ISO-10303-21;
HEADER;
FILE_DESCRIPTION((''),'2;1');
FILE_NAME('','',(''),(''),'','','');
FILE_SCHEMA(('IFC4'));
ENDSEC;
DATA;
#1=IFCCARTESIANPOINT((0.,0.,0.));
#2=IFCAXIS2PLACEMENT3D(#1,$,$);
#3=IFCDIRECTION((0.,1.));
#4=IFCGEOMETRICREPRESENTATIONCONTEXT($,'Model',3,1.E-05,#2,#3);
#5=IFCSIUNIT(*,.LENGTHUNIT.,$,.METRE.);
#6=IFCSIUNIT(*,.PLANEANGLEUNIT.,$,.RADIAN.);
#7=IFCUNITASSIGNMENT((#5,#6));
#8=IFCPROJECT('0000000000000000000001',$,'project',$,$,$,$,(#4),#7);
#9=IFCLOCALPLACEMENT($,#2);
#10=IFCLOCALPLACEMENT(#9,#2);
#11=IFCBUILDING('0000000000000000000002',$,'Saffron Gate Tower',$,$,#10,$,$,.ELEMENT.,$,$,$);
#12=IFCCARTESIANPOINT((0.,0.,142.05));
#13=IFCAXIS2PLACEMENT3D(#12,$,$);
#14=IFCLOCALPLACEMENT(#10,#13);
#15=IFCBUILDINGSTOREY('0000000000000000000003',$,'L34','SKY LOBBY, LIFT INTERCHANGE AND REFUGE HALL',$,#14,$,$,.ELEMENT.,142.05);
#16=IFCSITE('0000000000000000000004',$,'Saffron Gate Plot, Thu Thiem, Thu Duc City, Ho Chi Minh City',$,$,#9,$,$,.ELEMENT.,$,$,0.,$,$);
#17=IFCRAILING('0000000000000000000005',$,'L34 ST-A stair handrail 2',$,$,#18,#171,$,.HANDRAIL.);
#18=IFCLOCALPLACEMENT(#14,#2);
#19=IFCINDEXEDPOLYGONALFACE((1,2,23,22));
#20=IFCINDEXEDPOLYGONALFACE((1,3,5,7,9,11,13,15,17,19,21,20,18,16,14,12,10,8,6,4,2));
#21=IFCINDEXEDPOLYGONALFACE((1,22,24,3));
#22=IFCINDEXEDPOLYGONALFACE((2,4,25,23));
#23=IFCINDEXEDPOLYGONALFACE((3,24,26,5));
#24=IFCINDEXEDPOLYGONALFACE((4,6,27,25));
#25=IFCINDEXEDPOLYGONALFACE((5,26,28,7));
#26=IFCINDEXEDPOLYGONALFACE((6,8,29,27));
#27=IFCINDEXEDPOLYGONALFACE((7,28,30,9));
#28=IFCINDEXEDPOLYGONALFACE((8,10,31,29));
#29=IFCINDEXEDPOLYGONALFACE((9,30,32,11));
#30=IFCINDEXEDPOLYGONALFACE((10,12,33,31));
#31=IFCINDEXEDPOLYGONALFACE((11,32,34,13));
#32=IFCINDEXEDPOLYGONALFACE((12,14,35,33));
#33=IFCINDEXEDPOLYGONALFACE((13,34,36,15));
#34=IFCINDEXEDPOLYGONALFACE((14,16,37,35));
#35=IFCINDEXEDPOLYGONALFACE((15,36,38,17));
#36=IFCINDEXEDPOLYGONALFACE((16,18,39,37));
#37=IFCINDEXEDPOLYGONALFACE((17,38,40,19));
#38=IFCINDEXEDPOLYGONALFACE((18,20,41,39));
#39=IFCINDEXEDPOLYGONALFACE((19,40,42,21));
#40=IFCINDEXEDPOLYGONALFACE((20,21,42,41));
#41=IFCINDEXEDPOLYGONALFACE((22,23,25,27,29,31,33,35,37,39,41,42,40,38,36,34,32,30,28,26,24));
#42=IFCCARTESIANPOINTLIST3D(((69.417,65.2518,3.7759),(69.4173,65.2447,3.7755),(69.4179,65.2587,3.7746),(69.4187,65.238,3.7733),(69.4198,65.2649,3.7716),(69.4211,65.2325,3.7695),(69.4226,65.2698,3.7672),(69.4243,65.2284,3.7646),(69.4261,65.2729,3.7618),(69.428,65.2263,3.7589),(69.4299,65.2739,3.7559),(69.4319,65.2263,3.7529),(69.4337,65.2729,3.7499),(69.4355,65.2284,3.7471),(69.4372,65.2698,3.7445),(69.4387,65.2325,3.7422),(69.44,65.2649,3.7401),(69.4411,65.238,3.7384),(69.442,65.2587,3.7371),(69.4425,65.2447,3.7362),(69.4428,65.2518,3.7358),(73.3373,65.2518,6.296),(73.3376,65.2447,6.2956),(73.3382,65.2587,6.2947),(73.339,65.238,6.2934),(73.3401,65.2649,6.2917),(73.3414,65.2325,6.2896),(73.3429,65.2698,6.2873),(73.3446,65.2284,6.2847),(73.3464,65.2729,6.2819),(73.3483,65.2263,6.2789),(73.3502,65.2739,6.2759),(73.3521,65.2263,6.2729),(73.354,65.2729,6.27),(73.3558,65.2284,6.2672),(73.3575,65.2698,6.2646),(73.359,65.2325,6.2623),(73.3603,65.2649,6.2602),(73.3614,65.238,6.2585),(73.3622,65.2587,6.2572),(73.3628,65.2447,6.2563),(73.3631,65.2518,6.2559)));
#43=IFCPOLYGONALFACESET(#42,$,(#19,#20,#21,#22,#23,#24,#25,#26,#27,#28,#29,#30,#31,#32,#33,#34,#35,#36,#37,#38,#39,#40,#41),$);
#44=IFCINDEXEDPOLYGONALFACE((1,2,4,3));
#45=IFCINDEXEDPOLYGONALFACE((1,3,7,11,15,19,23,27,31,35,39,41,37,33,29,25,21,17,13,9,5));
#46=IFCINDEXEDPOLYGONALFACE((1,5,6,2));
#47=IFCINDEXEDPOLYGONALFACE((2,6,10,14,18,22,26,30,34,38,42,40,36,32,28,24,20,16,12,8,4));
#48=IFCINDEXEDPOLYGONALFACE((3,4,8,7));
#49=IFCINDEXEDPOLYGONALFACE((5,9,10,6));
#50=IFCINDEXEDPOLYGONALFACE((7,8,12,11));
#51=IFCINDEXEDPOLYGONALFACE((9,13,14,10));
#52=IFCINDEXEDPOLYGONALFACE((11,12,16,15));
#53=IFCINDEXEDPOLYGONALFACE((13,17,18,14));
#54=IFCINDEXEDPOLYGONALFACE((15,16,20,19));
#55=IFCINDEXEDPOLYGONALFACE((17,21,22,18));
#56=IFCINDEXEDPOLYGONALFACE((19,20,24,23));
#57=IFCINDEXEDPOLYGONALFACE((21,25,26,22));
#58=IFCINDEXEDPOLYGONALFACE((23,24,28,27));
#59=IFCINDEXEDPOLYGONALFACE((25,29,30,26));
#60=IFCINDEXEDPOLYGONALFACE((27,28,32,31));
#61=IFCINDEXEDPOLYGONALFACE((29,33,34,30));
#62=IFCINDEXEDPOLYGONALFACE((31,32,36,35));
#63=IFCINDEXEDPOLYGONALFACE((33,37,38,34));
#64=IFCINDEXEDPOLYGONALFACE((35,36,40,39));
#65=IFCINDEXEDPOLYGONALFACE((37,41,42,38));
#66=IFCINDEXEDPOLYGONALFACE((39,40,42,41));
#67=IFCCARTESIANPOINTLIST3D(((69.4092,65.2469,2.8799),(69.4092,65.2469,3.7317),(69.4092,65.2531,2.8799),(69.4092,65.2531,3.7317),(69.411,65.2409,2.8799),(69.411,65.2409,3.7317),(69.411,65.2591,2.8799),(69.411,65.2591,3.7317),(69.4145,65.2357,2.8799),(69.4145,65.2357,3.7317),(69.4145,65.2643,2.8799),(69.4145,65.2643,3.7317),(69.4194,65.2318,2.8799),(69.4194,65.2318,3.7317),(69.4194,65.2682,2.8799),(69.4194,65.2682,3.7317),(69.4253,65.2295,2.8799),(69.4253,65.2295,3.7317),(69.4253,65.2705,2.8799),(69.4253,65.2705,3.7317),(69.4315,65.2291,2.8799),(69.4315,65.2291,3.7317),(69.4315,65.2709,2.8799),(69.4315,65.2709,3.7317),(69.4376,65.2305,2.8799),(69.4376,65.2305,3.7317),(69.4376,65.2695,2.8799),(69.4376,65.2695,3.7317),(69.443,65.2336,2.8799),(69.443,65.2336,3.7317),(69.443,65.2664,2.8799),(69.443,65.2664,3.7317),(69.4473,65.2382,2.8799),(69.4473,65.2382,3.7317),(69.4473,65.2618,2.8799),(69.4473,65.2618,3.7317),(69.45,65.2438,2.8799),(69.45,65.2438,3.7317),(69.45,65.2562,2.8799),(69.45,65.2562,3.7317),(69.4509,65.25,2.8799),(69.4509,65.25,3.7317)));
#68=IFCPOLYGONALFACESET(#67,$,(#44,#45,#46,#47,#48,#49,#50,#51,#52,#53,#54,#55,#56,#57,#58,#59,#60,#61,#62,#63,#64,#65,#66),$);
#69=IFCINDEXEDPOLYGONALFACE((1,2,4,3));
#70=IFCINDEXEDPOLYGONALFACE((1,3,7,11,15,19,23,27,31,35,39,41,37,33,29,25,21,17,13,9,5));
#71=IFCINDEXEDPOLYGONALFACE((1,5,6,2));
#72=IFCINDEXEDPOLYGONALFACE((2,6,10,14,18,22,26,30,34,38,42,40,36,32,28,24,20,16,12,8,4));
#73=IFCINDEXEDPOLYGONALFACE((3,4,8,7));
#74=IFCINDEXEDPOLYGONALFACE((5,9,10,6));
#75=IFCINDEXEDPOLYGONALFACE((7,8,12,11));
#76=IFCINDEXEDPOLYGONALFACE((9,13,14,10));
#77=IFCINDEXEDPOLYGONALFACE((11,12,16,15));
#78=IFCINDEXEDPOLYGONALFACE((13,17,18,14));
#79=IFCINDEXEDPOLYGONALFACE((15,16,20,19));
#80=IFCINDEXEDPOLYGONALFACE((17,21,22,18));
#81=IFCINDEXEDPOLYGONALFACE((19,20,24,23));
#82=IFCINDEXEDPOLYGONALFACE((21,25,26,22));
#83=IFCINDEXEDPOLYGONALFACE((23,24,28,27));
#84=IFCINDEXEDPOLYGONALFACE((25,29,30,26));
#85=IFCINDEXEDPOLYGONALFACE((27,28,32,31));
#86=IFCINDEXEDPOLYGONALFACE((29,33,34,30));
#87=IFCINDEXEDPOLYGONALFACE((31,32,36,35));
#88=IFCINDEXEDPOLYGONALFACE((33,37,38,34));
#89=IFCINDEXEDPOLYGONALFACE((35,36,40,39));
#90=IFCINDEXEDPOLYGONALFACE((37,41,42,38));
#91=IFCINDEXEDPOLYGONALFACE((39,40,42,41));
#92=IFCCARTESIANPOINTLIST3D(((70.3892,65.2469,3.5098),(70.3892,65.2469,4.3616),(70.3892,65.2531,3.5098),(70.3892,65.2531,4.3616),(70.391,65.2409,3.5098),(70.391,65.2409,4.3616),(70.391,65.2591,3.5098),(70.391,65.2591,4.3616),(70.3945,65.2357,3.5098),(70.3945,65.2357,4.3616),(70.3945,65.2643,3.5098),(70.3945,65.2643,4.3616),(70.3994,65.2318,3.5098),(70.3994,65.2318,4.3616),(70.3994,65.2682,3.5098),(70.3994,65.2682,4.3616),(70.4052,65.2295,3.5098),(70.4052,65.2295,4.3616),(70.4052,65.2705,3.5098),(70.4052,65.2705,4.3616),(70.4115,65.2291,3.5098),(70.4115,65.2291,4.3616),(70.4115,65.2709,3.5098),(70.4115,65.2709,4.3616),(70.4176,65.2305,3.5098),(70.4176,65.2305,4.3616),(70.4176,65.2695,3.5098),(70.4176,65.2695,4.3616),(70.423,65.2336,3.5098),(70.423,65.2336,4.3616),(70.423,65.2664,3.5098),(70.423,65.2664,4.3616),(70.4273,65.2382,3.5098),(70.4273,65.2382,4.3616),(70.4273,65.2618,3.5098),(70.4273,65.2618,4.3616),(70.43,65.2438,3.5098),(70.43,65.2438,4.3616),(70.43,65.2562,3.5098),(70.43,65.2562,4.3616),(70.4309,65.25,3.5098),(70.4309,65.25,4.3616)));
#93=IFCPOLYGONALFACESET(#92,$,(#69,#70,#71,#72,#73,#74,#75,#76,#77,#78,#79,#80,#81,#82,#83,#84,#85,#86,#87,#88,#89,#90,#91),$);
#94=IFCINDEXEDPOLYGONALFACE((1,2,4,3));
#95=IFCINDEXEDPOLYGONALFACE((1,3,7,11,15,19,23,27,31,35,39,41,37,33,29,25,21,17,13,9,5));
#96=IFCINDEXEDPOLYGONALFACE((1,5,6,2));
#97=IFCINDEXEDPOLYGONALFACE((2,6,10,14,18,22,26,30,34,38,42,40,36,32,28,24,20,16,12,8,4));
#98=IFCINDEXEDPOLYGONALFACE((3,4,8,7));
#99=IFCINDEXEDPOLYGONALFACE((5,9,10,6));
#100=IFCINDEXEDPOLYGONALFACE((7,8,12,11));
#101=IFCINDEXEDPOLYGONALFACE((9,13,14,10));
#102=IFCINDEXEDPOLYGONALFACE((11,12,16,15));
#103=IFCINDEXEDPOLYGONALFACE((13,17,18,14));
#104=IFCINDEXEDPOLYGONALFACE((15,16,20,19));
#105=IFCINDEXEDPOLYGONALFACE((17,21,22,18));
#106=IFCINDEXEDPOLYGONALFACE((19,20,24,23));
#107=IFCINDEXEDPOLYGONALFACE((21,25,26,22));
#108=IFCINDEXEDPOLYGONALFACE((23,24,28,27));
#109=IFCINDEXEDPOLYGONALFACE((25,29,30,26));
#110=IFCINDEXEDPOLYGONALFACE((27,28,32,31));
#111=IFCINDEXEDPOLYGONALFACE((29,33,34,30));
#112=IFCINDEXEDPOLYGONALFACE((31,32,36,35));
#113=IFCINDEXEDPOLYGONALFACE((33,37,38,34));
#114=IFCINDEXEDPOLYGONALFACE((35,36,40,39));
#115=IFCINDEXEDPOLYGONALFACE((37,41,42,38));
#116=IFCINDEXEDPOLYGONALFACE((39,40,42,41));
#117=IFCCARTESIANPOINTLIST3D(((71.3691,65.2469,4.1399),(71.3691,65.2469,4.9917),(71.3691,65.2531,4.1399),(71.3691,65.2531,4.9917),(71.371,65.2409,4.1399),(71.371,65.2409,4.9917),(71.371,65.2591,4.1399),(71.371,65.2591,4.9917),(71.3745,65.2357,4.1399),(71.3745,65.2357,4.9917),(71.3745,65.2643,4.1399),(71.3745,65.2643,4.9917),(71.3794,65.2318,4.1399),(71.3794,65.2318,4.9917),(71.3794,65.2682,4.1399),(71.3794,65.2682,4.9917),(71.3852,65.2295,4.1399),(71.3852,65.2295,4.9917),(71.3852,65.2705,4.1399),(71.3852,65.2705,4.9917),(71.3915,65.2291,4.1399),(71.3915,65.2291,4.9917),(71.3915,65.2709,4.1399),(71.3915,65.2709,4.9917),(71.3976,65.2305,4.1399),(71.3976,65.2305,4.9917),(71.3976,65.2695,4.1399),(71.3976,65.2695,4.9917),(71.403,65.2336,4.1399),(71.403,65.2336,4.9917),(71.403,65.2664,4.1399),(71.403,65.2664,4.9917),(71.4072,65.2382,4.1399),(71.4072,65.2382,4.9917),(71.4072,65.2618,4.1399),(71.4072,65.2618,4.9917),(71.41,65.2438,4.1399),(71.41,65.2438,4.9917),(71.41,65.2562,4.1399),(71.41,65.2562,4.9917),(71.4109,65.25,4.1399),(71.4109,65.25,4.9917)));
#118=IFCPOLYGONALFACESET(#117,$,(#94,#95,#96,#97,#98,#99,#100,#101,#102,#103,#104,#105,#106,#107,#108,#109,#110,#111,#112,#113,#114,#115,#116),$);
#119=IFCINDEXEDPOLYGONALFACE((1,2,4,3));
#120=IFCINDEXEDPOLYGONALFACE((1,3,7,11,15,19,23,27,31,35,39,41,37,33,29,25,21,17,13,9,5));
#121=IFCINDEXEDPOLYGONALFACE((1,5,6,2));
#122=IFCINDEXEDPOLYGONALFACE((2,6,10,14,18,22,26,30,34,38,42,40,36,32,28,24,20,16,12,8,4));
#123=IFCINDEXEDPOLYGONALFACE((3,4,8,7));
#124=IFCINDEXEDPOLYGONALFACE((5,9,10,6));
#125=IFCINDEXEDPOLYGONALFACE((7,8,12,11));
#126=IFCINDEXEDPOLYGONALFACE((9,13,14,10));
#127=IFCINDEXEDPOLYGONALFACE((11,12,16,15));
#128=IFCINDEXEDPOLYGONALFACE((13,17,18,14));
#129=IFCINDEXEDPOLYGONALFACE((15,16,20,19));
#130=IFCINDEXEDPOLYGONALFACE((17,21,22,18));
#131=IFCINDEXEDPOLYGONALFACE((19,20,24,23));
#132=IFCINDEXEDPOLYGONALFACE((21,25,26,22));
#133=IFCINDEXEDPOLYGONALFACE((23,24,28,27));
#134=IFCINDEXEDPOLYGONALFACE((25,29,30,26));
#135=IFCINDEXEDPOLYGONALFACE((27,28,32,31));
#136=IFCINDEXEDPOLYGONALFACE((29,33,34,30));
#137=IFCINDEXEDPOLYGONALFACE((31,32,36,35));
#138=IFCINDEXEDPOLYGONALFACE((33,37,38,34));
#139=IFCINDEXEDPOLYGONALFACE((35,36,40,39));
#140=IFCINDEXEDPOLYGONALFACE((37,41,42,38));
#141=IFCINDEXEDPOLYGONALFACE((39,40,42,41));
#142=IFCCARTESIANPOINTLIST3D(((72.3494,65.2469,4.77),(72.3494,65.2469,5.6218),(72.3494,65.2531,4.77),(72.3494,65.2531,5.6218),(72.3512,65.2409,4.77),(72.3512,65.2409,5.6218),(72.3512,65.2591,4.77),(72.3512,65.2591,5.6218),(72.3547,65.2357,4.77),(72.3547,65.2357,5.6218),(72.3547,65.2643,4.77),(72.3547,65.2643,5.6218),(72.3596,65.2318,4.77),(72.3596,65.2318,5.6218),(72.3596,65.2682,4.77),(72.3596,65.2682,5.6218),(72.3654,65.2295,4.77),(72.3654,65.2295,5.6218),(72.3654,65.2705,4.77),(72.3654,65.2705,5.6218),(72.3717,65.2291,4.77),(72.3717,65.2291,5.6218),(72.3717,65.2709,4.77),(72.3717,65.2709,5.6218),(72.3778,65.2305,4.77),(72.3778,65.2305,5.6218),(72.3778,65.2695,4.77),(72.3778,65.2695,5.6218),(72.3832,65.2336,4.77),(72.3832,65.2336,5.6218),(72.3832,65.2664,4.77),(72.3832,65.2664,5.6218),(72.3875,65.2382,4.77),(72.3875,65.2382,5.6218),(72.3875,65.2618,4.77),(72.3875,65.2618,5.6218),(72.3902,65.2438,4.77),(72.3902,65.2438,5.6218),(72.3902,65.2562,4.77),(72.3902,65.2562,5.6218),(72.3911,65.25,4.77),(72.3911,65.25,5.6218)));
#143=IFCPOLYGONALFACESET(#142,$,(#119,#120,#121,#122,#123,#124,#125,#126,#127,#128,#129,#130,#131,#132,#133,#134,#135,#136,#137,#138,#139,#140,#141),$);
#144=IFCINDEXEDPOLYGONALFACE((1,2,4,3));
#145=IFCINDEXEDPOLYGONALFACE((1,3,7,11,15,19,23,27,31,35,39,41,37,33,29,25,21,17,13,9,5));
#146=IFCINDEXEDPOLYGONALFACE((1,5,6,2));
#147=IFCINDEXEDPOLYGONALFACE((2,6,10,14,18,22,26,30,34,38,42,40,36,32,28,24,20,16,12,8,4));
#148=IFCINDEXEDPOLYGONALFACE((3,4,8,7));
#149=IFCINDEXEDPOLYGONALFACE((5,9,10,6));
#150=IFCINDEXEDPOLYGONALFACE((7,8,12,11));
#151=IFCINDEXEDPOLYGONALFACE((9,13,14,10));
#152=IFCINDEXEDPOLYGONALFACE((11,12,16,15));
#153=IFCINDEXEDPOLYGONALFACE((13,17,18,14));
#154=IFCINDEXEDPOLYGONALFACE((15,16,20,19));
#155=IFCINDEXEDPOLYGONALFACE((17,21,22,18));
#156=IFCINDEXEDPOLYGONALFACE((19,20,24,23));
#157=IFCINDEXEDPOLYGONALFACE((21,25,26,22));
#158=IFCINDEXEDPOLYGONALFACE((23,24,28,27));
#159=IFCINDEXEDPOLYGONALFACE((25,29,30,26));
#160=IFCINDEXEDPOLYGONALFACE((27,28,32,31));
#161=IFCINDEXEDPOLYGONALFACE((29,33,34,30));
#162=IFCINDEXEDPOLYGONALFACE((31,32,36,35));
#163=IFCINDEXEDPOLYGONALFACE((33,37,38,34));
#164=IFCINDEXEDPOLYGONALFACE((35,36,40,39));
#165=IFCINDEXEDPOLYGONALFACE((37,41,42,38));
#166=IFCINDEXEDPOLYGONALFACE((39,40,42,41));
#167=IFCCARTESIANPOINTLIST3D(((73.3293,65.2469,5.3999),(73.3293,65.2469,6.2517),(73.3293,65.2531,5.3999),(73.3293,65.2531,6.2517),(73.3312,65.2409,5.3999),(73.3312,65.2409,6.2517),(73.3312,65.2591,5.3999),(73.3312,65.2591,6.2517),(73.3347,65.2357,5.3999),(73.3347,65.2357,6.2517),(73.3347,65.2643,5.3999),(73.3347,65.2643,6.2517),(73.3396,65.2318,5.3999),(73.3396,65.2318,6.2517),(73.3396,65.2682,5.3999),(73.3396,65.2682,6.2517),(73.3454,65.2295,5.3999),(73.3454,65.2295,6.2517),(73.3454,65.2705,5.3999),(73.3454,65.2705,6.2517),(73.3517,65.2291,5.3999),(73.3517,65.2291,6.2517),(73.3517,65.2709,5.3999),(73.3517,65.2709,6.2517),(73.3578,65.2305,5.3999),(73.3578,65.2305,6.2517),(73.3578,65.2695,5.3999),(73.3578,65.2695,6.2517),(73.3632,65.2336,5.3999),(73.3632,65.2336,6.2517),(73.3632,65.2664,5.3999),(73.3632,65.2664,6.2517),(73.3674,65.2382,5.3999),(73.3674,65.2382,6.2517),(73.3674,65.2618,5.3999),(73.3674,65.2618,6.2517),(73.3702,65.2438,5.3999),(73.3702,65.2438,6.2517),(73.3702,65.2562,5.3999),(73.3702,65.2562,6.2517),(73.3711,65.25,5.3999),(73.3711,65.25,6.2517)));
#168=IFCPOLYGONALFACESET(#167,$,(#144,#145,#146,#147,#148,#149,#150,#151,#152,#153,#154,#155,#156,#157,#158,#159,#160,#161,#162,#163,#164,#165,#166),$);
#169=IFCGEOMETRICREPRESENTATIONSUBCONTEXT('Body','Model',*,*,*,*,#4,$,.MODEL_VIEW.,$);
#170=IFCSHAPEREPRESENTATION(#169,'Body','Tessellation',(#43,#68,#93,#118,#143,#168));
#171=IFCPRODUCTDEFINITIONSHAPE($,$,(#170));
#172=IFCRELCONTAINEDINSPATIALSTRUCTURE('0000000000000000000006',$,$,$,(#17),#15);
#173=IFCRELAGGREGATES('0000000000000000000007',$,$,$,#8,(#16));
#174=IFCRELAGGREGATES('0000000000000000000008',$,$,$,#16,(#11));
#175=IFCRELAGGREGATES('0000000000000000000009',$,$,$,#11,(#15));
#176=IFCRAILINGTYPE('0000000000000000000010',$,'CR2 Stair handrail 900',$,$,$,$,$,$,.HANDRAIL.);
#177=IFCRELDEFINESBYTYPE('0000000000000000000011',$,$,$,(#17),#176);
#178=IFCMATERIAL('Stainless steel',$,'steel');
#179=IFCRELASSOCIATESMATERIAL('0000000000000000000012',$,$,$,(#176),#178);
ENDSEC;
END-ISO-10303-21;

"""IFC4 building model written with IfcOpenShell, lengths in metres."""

from ifc_helpers import new_model, si_unit, direction, frame, origin, origin_2d, place, context, subcontext, project, spatial, circle, extrude, material, type_object, element, save


model = new_model("IFC4")

# Units and contexts
model_context = context("Model", 3, precision=1e-05, world=origin(), true_north=direction((0.0, 1.0)))
body_context = subcontext(model_context, "Body", "Model", "MODEL_VIEW")
ifc_project = project(units=[si_unit("LENGTHUNIT", "METRE"), si_unit("PLANEANGLEUNIT", "RADIAN")], contexts=[model_context])

# Site, building, storey
site_placement = place(None, origin())
site = spatial("IfcSite", under=ifc_project, at=site_placement, Name="Saffron Gate Plot, Thu Thiem, Thu Duc City, Ho Chi Minh City", CompositionType="ELEMENT", RefElevation=0.0)
building_placement = place(site_placement, origin())
building = spatial("IfcBuilding", under=site, at=building_placement, Name="Saffron Gate Tower", CompositionType="ELEMENT")
storey_placement = place(building_placement, frame((0.0, 0.0, 142.05)))
storey = spatial("IfcBuildingStorey", under=building, at=storey_placement, Name="L34", Description="SKY LOBBY, LIFT INTERCHANGE AND REFUGE HALL", CompositionType="ELEMENT", Elevation=142.05)

# Railing
ifc_material_1 = material(Name="Stainless steel", Category="steel")
railing_type = type_object("IfcRailingType", Name="CR2 Stair handrail 900", PredefinedType="HANDRAIL", material=ifc_material_1)
railing_placement = place(storey_placement, frame((69.4299, 65.25, 2.8799)))
element("IfcRailing", 1, at=railing_placement, inside=storey, type_object=railing_type, Name="L34 ST-A stair handrail 2", PredefinedType="HANDRAIL", context=body_context, shape_type="SweptSolid", body=[
    extrude(circle(Radius=0.0239, at=origin_2d()), frame((0.0, 0.0, 0.876), z_axis=(0.841187, 0.0, 0.540744), x_axis=(0.0, 1.0, 0.0)), (0.0, 0.0, 1.0), 4.6604),
    extrude(circle(Radius=0.021, at=origin_2d()), origin(), (0.0, 0.0, 1.0), 0.8518),
    extrude(circle(Radius=0.021, at=origin_2d()), frame((0.98, 0.0, 0.6299)), (0.0, 0.0, 1.0), 0.8518),
    extrude(circle(Radius=0.021, at=origin_2d()), frame((1.96, 0.0, 1.26)), (0.0, 0.0, 1.0), 0.8518),
    extrude(circle(Radius=0.021, at=origin_2d()), frame((2.9402, 0.0, 1.8901)), (0.0, 0.0, 1.0), 0.8518),
    extrude(circle(Radius=0.021, at=origin_2d()), frame((3.9202, 0.0, 2.52)), (0.0, 0.0, 1.0), 0.8518),
])

save(model, "model.ifc")
